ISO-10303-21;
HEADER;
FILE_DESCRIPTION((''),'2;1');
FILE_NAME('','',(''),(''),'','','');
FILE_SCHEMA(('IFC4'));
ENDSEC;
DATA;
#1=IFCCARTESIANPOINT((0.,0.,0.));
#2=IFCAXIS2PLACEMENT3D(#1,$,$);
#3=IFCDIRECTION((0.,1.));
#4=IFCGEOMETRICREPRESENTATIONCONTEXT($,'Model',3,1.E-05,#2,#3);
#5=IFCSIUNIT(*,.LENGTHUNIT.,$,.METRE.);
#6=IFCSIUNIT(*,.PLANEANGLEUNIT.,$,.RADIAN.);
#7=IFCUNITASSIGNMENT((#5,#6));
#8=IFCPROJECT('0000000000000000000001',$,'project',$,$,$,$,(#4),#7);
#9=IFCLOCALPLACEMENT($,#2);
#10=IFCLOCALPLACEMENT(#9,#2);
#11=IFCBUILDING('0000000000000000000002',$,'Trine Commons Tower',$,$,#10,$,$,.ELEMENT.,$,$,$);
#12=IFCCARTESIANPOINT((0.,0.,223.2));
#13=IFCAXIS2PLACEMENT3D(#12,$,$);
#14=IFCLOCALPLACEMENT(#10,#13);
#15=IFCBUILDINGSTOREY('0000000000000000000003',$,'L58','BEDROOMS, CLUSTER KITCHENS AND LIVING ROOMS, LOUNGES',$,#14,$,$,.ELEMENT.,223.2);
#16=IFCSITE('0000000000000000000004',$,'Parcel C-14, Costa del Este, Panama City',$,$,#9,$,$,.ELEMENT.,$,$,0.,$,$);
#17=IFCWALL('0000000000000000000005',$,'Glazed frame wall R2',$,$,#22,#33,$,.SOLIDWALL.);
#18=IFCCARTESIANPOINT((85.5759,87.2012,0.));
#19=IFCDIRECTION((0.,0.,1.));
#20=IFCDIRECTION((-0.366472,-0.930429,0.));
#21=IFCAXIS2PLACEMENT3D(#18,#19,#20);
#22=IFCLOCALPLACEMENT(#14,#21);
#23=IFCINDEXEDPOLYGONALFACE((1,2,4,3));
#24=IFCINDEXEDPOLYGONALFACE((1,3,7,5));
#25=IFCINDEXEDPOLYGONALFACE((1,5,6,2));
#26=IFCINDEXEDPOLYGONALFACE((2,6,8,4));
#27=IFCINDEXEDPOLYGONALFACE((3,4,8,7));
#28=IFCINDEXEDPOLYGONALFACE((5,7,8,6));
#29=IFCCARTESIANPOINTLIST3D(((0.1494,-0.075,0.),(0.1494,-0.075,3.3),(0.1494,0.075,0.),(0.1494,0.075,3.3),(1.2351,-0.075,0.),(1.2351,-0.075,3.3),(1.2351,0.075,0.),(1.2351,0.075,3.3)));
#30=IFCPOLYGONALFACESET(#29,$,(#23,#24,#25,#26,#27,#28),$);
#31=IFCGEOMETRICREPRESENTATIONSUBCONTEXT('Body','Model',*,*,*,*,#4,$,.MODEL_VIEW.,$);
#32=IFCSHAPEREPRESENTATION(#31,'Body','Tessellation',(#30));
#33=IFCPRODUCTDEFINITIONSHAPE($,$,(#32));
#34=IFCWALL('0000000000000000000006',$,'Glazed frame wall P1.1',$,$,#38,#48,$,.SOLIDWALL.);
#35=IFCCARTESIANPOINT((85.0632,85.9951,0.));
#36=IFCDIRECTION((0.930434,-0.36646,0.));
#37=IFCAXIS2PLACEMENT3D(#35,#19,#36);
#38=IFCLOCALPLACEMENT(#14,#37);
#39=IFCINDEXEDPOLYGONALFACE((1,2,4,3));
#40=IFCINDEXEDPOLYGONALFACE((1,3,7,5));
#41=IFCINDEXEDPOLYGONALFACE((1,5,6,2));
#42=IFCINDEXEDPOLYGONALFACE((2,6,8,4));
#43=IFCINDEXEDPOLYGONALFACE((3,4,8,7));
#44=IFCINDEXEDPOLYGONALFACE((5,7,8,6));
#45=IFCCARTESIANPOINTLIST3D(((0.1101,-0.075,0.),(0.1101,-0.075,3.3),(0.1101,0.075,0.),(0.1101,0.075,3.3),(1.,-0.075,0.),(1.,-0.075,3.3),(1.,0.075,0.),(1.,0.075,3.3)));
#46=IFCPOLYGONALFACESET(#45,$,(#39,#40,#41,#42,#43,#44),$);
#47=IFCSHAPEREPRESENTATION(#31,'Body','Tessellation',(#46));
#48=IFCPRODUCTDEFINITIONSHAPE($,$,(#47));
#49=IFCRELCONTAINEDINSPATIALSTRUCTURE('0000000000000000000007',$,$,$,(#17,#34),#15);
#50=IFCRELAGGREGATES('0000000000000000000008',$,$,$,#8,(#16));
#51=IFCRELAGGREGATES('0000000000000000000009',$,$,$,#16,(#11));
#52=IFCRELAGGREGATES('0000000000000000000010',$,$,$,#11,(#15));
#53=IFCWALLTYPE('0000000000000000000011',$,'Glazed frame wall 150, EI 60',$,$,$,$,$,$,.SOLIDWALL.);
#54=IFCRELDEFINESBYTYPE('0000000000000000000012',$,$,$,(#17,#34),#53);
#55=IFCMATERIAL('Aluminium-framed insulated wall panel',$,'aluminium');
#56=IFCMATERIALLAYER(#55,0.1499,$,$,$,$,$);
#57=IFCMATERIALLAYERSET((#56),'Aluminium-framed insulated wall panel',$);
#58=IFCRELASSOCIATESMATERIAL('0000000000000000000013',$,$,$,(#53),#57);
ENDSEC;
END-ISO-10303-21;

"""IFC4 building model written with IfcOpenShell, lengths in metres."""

from ifc_helpers import new_model, si_unit, direction, frame, origin, place, context, subcontext, project, spatial, polyline, outline, extrude, material, layer, layer_set, type_object, element, save


model = new_model("IFC4")

# Units and contexts
model_context = context("Model", 3, precision=1e-05, world=origin(), true_north=direction((0.0, 1.0)))
body_context = subcontext(model_context, "Body", "Model", "MODEL_VIEW")
ifc_project = project(units=[si_unit("LENGTHUNIT", "METRE"), si_unit("PLANEANGLEUNIT", "RADIAN")], contexts=[model_context])

# Site, building, storey
site_placement = place(None, origin())
site = spatial("IfcSite", under=ifc_project, at=site_placement, Name="Parcel C-14, Costa del Este, Panama City", CompositionType="ELEMENT", RefElevation=0.0)
building_placement = place(site_placement, origin())
building = spatial("IfcBuilding", under=site, at=building_placement, Name="Trine Commons Tower", CompositionType="ELEMENT")
storey_placement = place(building_placement, frame((0.0, 0.0, 223.2)))
storey = spatial("IfcBuildingStorey", under=building, at=storey_placement, Name="L58", Description="BEDROOMS, CLUSTER KITCHENS AND LIVING ROOMS, LOUNGES", CompositionType="ELEMENT", Elevation=223.2)

# Walls
ifc_material_1 = material(Name="Aluminium-framed insulated wall panel", Category="aluminium")
ifc_layer_1 = layer(ifc_material_1, 0.1499)
ifc_layer_set_1 = layer_set([ifc_layer_1], Name="Aluminium-framed insulated wall panel")
wall_type_1 = type_object("IfcWallType", Name="Glazed frame wall 150, EI 60", PredefinedType="SOLIDWALL", material=ifc_layer_set_1)
wall_1_placement = place(storey_placement, frame((85.5759, 87.2012, 0.0), z_axis=(0.0, 0.0, 1.0), x_axis=(-0.366472, -0.930429, 0.0)))
element("IfcWall", 1, at=wall_1_placement, inside=storey, type_object=wall_type_1, Name="Glazed frame wall R2", PredefinedType="SOLIDWALL", context=body_context, shape_type="SweptSolid", body=[
    extrude(outline(polyline([(0.1494, 0.075), (0.1494, -0.075), (1.2351, -0.075), (1.2351, 0.075), (0.1494, 0.075)])), origin(), (0.0, 0.0, 1.0), 3.3),
])
wall_2_placement = place(storey_placement, frame((85.0632, 85.9951, 0.0), z_axis=(0.0, 0.0, 1.0), x_axis=(0.930434, -0.36646, 0.0)))
element("IfcWall", 2, at=wall_2_placement, inside=storey, type_object=wall_type_1, Name="Glazed frame wall P1.1", PredefinedType="SOLIDWALL", context=body_context, shape_type="SweptSolid", body=[
    extrude(outline(polyline([(0.1101, -0.075), (1.0, -0.075), (1.0, 0.075), (0.1101, 0.075), (0.1101, -0.075)])), origin(), (0.0, 0.0, 1.0), 3.3),
])

save(model, "model.ifc")
